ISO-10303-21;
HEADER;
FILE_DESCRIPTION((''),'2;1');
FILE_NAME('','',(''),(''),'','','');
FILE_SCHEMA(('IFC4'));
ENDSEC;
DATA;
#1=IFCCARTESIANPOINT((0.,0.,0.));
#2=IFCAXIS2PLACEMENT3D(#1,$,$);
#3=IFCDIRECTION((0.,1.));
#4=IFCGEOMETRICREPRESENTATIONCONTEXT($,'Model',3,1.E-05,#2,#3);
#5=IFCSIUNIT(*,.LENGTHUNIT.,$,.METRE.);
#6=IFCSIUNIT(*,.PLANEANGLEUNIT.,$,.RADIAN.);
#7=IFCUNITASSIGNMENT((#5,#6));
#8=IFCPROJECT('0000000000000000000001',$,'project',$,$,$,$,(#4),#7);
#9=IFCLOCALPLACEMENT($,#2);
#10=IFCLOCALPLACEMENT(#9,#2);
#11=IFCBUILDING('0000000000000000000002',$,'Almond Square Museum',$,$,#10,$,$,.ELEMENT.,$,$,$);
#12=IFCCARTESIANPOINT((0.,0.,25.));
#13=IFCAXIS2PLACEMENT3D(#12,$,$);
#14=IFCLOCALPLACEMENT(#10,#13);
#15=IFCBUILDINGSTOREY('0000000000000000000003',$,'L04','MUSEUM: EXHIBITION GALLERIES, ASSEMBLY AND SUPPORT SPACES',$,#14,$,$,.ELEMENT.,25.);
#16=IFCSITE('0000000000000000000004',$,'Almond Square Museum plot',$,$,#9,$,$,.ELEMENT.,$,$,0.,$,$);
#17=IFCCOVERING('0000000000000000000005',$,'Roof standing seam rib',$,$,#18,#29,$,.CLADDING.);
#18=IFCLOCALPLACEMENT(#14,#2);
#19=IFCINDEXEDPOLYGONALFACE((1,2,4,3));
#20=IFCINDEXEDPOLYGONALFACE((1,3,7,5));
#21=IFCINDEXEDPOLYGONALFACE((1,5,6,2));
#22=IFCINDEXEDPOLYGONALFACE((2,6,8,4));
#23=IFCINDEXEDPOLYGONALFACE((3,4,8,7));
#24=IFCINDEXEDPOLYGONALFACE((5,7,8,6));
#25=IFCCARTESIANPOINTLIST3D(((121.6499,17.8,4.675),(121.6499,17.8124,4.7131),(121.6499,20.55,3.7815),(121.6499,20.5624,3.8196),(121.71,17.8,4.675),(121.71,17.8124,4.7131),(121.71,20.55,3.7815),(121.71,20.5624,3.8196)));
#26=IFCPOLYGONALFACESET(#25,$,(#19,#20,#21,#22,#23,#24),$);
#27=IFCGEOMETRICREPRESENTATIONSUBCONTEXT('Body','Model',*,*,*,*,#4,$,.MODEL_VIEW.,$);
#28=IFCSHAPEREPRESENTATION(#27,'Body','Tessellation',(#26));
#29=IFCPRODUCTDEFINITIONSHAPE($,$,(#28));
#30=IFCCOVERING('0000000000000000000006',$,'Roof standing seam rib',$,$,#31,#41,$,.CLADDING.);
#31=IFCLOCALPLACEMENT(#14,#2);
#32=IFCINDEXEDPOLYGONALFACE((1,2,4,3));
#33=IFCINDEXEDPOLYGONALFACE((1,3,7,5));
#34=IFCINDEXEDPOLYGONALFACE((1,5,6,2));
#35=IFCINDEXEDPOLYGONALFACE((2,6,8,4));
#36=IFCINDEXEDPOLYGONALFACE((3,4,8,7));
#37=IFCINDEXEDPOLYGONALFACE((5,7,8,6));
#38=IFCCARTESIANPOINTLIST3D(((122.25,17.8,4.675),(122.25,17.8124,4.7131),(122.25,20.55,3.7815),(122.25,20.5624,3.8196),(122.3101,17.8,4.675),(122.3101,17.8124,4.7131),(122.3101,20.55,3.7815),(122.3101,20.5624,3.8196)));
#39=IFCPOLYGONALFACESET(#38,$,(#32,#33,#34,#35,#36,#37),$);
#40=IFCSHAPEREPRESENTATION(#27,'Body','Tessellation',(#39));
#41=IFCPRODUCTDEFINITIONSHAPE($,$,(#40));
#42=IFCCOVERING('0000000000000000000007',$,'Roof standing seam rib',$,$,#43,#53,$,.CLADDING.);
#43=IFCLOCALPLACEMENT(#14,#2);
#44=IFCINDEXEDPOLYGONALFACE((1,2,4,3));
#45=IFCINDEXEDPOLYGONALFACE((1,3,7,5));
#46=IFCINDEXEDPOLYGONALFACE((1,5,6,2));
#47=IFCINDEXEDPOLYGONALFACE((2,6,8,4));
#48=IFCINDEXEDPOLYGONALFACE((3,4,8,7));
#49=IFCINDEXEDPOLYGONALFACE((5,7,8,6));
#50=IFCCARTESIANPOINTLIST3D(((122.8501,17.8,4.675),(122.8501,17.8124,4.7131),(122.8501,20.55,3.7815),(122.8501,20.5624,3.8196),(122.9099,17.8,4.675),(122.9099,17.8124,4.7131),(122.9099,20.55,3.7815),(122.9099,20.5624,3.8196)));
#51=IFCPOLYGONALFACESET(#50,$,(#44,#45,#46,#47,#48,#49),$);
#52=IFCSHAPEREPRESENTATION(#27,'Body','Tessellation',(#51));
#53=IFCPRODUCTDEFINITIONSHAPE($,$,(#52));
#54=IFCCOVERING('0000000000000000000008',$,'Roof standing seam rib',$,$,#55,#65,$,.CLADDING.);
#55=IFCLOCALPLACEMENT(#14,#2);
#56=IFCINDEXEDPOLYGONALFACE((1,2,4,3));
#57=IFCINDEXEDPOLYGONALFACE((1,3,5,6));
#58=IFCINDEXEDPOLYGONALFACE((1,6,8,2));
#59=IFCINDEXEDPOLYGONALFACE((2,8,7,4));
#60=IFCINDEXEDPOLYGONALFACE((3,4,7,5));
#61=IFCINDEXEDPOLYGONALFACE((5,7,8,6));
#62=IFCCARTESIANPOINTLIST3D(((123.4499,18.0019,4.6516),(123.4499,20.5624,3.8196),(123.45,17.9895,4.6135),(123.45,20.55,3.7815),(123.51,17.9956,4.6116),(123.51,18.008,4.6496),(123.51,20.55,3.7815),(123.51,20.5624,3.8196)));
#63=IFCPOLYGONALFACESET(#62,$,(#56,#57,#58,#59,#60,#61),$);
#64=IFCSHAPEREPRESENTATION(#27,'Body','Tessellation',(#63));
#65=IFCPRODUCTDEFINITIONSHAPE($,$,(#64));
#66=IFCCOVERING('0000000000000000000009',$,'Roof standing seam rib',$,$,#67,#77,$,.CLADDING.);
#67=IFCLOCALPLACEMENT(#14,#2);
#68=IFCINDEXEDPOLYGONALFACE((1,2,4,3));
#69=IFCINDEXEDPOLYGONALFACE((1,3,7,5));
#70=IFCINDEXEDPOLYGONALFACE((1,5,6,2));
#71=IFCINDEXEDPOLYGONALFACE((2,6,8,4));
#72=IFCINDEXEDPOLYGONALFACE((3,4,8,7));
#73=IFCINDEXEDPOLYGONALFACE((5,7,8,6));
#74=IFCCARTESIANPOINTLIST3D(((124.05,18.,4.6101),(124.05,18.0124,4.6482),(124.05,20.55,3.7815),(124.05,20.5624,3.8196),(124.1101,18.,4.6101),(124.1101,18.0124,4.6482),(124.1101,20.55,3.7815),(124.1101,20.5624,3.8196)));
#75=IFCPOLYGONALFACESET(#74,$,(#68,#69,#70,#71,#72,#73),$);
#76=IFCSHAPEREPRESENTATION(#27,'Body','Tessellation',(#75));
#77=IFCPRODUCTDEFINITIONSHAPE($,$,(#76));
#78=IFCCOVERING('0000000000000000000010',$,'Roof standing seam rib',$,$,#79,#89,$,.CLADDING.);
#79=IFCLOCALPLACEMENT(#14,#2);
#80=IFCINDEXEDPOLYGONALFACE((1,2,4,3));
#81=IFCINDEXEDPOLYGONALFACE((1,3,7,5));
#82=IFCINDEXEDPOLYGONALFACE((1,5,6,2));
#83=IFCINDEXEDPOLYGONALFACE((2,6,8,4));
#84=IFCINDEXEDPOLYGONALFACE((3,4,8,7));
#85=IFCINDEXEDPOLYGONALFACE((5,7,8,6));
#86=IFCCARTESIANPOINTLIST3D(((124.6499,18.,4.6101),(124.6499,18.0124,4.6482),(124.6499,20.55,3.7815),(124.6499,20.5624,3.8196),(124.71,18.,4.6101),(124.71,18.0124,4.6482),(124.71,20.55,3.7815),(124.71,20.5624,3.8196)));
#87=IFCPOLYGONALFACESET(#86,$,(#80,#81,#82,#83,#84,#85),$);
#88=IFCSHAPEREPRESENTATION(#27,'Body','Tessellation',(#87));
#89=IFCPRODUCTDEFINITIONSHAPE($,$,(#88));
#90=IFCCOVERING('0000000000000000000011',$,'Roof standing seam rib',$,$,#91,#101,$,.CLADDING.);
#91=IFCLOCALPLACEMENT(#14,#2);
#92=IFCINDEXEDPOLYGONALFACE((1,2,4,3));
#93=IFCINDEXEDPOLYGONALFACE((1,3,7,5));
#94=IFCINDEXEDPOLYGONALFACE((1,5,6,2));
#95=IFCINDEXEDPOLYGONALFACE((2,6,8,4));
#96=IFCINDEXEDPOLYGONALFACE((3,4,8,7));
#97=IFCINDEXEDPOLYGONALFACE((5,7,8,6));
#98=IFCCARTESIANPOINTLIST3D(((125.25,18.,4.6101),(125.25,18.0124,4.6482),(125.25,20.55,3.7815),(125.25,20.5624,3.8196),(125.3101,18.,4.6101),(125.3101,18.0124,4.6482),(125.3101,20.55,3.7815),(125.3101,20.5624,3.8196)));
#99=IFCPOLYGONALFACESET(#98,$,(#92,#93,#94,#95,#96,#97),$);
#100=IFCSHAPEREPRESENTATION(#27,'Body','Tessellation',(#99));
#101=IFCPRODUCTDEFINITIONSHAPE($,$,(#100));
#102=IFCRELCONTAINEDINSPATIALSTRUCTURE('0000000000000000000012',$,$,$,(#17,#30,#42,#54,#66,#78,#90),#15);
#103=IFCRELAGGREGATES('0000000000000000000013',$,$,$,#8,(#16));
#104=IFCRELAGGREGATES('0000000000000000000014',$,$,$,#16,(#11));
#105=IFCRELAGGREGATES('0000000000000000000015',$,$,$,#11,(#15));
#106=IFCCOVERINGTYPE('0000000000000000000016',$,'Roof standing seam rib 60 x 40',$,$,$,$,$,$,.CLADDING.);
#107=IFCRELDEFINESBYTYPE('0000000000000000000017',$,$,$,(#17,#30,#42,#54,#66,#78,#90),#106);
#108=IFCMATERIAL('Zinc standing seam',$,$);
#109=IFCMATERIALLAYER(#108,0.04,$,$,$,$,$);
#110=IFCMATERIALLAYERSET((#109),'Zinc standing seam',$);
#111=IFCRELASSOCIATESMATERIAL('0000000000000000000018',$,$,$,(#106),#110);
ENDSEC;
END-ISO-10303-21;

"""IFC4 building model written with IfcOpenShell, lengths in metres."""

from ifc_helpers import new_model, si_unit, direction, frame, origin, place, context, subcontext, project, spatial, polyline, outline, extrude, material, layer, layer_set, type_object, element, save


model = new_model("IFC4")

# Units and contexts
model_context = context("Model", 3, precision=1e-05, world=origin(), true_north=direction((0.0, 1.0)))
body_context = subcontext(model_context, "Body", "Model", "MODEL_VIEW")
ifc_project = project(units=[si_unit("LENGTHUNIT", "METRE"), si_unit("PLANEANGLEUNIT", "RADIAN")], contexts=[model_context])

# Site, building, storey
site_placement = place(None, origin())
site = spatial("IfcSite", under=ifc_project, at=site_placement, Name="Almond Square Museum plot", CompositionType="ELEMENT", RefElevation=0.0)
building_placement = place(site_placement, origin())
building = spatial("IfcBuilding", under=site, at=building_placement, Name="Almond Square Museum", CompositionType="ELEMENT")
storey_placement = place(building_placement, frame((0.0, 0.0, 25.0)))
storey = spatial("IfcBuildingStorey", under=building, at=storey_placement, Name="L04", Description="MUSEUM: EXHIBITION GALLERIES, ASSEMBLY AND SUPPORT SPACES", CompositionType="ELEMENT", Elevation=25.0)

# Coverings
ifc_material_1 = material(Name="Zinc standing seam")
ifc_layer_1 = layer(ifc_material_1, 0.04)
ifc_layer_set_1 = layer_set([ifc_layer_1], Name="Zinc standing seam")
covering_type_1 = type_object("IfcCoveringType", Name="Roof standing seam rib 60 x 40", PredefinedType="CLADDING", material=ifc_layer_set_1)
for number, where, z_axis, x_axis, name in (
    (1, (121.6499, 17.8, 4.675), (0.0, 0.309025, 0.951054), (1.0, 0.0, 0.0), "Roof standing seam rib"),
    (2, (122.25, 17.8, 4.675), (0.0, 0.309025, 0.951054), (1.0, 0.0, 0.0), "Roof standing seam rib"),
):
    element("IfcCovering", number, at=place(storey_placement, frame(where, z_axis=z_axis, x_axis=x_axis)), inside=storey, type_object=covering_type_1, Name=name, PredefinedType="CLADDING", context=body_context, shape_type="SweptSolid", body=[
        extrude(outline(polyline([(0.0, 0.0), (0.0601, 0.0), (0.0601, 2.8915), (0.0, 2.8915), (0.0, 0.0)])), origin(), (0.0, 0.0, 1.0), 0.04),
    ])
covering_1_placement = place(storey_placement, frame((122.8501, 17.8, 4.675), z_axis=(0.0, 0.309025, 0.951054), x_axis=(1.0, 0.0, 0.0)))
element("IfcCovering", 3, at=covering_1_placement, inside=storey, type_object=covering_type_1, Name="Roof standing seam rib", PredefinedType="CLADDING", context=body_context, shape_type="SweptSolid", body=[
    extrude(outline(polyline([(0.0, 0.0), (0.0598, 0.0), (0.0598, 2.8915), (0.0, 2.8915), (0.0, 0.0)])), origin(), (0.0, 0.0, 1.0), 0.04),
])
covering_2_placement = place(storey_placement, frame((123.51, 20.55, 3.7815), z_axis=(-0.000239, 0.309042, 0.951048), x_axis=(-1.0, -0.000074, -0.000227)))
element("IfcCovering", 4, at=covering_2_placement, inside=storey, type_object=covering_type_1, Name="Roof standing seam rib", PredefinedType="CLADDING", context=body_context, shape_type="SweptSolid", body=[
    extrude(outline(polyline([(0.0, 0.0), (0.0601, 0.0), (0.0601, 2.6923), (0.0, 2.6859), (0.0, 0.0)])), origin(), (0.0, 0.0, 1.0), 0.04),
])
for number, where, z_axis, x_axis, name in (
    (5, (124.1101, 18.0, 4.6101), (0.0, 0.309035, 0.951051), (0.0, 0.951051, -0.309035), "Roof standing seam rib"),
    (6, (124.71, 18.0, 4.6101), (0.0, 0.309035, 0.951051), (0.0, 0.951051, -0.309035), "Roof standing seam rib"),
    (7, (125.3101, 18.0, 4.6101), (0.0, 0.309035, 0.951051), (0.0, 0.951051, -0.309035), "Roof standing seam rib"),
):
    element("IfcCovering", number, at=place(storey_placement, frame(where, z_axis=z_axis, x_axis=x_axis)), inside=storey, type_object=covering_type_1, Name=name, PredefinedType="CLADDING", context=body_context, shape_type="SweptSolid", body=[
        extrude(outline(polyline([(0.0, 0.0), (2.6813, 0.0), (2.6813, 0.0601), (0.0, 0.0601), (0.0, 0.0)])), origin(), (0.0, 0.0, 1.0), 0.04),
    ])

save(model, "model.ifc")
